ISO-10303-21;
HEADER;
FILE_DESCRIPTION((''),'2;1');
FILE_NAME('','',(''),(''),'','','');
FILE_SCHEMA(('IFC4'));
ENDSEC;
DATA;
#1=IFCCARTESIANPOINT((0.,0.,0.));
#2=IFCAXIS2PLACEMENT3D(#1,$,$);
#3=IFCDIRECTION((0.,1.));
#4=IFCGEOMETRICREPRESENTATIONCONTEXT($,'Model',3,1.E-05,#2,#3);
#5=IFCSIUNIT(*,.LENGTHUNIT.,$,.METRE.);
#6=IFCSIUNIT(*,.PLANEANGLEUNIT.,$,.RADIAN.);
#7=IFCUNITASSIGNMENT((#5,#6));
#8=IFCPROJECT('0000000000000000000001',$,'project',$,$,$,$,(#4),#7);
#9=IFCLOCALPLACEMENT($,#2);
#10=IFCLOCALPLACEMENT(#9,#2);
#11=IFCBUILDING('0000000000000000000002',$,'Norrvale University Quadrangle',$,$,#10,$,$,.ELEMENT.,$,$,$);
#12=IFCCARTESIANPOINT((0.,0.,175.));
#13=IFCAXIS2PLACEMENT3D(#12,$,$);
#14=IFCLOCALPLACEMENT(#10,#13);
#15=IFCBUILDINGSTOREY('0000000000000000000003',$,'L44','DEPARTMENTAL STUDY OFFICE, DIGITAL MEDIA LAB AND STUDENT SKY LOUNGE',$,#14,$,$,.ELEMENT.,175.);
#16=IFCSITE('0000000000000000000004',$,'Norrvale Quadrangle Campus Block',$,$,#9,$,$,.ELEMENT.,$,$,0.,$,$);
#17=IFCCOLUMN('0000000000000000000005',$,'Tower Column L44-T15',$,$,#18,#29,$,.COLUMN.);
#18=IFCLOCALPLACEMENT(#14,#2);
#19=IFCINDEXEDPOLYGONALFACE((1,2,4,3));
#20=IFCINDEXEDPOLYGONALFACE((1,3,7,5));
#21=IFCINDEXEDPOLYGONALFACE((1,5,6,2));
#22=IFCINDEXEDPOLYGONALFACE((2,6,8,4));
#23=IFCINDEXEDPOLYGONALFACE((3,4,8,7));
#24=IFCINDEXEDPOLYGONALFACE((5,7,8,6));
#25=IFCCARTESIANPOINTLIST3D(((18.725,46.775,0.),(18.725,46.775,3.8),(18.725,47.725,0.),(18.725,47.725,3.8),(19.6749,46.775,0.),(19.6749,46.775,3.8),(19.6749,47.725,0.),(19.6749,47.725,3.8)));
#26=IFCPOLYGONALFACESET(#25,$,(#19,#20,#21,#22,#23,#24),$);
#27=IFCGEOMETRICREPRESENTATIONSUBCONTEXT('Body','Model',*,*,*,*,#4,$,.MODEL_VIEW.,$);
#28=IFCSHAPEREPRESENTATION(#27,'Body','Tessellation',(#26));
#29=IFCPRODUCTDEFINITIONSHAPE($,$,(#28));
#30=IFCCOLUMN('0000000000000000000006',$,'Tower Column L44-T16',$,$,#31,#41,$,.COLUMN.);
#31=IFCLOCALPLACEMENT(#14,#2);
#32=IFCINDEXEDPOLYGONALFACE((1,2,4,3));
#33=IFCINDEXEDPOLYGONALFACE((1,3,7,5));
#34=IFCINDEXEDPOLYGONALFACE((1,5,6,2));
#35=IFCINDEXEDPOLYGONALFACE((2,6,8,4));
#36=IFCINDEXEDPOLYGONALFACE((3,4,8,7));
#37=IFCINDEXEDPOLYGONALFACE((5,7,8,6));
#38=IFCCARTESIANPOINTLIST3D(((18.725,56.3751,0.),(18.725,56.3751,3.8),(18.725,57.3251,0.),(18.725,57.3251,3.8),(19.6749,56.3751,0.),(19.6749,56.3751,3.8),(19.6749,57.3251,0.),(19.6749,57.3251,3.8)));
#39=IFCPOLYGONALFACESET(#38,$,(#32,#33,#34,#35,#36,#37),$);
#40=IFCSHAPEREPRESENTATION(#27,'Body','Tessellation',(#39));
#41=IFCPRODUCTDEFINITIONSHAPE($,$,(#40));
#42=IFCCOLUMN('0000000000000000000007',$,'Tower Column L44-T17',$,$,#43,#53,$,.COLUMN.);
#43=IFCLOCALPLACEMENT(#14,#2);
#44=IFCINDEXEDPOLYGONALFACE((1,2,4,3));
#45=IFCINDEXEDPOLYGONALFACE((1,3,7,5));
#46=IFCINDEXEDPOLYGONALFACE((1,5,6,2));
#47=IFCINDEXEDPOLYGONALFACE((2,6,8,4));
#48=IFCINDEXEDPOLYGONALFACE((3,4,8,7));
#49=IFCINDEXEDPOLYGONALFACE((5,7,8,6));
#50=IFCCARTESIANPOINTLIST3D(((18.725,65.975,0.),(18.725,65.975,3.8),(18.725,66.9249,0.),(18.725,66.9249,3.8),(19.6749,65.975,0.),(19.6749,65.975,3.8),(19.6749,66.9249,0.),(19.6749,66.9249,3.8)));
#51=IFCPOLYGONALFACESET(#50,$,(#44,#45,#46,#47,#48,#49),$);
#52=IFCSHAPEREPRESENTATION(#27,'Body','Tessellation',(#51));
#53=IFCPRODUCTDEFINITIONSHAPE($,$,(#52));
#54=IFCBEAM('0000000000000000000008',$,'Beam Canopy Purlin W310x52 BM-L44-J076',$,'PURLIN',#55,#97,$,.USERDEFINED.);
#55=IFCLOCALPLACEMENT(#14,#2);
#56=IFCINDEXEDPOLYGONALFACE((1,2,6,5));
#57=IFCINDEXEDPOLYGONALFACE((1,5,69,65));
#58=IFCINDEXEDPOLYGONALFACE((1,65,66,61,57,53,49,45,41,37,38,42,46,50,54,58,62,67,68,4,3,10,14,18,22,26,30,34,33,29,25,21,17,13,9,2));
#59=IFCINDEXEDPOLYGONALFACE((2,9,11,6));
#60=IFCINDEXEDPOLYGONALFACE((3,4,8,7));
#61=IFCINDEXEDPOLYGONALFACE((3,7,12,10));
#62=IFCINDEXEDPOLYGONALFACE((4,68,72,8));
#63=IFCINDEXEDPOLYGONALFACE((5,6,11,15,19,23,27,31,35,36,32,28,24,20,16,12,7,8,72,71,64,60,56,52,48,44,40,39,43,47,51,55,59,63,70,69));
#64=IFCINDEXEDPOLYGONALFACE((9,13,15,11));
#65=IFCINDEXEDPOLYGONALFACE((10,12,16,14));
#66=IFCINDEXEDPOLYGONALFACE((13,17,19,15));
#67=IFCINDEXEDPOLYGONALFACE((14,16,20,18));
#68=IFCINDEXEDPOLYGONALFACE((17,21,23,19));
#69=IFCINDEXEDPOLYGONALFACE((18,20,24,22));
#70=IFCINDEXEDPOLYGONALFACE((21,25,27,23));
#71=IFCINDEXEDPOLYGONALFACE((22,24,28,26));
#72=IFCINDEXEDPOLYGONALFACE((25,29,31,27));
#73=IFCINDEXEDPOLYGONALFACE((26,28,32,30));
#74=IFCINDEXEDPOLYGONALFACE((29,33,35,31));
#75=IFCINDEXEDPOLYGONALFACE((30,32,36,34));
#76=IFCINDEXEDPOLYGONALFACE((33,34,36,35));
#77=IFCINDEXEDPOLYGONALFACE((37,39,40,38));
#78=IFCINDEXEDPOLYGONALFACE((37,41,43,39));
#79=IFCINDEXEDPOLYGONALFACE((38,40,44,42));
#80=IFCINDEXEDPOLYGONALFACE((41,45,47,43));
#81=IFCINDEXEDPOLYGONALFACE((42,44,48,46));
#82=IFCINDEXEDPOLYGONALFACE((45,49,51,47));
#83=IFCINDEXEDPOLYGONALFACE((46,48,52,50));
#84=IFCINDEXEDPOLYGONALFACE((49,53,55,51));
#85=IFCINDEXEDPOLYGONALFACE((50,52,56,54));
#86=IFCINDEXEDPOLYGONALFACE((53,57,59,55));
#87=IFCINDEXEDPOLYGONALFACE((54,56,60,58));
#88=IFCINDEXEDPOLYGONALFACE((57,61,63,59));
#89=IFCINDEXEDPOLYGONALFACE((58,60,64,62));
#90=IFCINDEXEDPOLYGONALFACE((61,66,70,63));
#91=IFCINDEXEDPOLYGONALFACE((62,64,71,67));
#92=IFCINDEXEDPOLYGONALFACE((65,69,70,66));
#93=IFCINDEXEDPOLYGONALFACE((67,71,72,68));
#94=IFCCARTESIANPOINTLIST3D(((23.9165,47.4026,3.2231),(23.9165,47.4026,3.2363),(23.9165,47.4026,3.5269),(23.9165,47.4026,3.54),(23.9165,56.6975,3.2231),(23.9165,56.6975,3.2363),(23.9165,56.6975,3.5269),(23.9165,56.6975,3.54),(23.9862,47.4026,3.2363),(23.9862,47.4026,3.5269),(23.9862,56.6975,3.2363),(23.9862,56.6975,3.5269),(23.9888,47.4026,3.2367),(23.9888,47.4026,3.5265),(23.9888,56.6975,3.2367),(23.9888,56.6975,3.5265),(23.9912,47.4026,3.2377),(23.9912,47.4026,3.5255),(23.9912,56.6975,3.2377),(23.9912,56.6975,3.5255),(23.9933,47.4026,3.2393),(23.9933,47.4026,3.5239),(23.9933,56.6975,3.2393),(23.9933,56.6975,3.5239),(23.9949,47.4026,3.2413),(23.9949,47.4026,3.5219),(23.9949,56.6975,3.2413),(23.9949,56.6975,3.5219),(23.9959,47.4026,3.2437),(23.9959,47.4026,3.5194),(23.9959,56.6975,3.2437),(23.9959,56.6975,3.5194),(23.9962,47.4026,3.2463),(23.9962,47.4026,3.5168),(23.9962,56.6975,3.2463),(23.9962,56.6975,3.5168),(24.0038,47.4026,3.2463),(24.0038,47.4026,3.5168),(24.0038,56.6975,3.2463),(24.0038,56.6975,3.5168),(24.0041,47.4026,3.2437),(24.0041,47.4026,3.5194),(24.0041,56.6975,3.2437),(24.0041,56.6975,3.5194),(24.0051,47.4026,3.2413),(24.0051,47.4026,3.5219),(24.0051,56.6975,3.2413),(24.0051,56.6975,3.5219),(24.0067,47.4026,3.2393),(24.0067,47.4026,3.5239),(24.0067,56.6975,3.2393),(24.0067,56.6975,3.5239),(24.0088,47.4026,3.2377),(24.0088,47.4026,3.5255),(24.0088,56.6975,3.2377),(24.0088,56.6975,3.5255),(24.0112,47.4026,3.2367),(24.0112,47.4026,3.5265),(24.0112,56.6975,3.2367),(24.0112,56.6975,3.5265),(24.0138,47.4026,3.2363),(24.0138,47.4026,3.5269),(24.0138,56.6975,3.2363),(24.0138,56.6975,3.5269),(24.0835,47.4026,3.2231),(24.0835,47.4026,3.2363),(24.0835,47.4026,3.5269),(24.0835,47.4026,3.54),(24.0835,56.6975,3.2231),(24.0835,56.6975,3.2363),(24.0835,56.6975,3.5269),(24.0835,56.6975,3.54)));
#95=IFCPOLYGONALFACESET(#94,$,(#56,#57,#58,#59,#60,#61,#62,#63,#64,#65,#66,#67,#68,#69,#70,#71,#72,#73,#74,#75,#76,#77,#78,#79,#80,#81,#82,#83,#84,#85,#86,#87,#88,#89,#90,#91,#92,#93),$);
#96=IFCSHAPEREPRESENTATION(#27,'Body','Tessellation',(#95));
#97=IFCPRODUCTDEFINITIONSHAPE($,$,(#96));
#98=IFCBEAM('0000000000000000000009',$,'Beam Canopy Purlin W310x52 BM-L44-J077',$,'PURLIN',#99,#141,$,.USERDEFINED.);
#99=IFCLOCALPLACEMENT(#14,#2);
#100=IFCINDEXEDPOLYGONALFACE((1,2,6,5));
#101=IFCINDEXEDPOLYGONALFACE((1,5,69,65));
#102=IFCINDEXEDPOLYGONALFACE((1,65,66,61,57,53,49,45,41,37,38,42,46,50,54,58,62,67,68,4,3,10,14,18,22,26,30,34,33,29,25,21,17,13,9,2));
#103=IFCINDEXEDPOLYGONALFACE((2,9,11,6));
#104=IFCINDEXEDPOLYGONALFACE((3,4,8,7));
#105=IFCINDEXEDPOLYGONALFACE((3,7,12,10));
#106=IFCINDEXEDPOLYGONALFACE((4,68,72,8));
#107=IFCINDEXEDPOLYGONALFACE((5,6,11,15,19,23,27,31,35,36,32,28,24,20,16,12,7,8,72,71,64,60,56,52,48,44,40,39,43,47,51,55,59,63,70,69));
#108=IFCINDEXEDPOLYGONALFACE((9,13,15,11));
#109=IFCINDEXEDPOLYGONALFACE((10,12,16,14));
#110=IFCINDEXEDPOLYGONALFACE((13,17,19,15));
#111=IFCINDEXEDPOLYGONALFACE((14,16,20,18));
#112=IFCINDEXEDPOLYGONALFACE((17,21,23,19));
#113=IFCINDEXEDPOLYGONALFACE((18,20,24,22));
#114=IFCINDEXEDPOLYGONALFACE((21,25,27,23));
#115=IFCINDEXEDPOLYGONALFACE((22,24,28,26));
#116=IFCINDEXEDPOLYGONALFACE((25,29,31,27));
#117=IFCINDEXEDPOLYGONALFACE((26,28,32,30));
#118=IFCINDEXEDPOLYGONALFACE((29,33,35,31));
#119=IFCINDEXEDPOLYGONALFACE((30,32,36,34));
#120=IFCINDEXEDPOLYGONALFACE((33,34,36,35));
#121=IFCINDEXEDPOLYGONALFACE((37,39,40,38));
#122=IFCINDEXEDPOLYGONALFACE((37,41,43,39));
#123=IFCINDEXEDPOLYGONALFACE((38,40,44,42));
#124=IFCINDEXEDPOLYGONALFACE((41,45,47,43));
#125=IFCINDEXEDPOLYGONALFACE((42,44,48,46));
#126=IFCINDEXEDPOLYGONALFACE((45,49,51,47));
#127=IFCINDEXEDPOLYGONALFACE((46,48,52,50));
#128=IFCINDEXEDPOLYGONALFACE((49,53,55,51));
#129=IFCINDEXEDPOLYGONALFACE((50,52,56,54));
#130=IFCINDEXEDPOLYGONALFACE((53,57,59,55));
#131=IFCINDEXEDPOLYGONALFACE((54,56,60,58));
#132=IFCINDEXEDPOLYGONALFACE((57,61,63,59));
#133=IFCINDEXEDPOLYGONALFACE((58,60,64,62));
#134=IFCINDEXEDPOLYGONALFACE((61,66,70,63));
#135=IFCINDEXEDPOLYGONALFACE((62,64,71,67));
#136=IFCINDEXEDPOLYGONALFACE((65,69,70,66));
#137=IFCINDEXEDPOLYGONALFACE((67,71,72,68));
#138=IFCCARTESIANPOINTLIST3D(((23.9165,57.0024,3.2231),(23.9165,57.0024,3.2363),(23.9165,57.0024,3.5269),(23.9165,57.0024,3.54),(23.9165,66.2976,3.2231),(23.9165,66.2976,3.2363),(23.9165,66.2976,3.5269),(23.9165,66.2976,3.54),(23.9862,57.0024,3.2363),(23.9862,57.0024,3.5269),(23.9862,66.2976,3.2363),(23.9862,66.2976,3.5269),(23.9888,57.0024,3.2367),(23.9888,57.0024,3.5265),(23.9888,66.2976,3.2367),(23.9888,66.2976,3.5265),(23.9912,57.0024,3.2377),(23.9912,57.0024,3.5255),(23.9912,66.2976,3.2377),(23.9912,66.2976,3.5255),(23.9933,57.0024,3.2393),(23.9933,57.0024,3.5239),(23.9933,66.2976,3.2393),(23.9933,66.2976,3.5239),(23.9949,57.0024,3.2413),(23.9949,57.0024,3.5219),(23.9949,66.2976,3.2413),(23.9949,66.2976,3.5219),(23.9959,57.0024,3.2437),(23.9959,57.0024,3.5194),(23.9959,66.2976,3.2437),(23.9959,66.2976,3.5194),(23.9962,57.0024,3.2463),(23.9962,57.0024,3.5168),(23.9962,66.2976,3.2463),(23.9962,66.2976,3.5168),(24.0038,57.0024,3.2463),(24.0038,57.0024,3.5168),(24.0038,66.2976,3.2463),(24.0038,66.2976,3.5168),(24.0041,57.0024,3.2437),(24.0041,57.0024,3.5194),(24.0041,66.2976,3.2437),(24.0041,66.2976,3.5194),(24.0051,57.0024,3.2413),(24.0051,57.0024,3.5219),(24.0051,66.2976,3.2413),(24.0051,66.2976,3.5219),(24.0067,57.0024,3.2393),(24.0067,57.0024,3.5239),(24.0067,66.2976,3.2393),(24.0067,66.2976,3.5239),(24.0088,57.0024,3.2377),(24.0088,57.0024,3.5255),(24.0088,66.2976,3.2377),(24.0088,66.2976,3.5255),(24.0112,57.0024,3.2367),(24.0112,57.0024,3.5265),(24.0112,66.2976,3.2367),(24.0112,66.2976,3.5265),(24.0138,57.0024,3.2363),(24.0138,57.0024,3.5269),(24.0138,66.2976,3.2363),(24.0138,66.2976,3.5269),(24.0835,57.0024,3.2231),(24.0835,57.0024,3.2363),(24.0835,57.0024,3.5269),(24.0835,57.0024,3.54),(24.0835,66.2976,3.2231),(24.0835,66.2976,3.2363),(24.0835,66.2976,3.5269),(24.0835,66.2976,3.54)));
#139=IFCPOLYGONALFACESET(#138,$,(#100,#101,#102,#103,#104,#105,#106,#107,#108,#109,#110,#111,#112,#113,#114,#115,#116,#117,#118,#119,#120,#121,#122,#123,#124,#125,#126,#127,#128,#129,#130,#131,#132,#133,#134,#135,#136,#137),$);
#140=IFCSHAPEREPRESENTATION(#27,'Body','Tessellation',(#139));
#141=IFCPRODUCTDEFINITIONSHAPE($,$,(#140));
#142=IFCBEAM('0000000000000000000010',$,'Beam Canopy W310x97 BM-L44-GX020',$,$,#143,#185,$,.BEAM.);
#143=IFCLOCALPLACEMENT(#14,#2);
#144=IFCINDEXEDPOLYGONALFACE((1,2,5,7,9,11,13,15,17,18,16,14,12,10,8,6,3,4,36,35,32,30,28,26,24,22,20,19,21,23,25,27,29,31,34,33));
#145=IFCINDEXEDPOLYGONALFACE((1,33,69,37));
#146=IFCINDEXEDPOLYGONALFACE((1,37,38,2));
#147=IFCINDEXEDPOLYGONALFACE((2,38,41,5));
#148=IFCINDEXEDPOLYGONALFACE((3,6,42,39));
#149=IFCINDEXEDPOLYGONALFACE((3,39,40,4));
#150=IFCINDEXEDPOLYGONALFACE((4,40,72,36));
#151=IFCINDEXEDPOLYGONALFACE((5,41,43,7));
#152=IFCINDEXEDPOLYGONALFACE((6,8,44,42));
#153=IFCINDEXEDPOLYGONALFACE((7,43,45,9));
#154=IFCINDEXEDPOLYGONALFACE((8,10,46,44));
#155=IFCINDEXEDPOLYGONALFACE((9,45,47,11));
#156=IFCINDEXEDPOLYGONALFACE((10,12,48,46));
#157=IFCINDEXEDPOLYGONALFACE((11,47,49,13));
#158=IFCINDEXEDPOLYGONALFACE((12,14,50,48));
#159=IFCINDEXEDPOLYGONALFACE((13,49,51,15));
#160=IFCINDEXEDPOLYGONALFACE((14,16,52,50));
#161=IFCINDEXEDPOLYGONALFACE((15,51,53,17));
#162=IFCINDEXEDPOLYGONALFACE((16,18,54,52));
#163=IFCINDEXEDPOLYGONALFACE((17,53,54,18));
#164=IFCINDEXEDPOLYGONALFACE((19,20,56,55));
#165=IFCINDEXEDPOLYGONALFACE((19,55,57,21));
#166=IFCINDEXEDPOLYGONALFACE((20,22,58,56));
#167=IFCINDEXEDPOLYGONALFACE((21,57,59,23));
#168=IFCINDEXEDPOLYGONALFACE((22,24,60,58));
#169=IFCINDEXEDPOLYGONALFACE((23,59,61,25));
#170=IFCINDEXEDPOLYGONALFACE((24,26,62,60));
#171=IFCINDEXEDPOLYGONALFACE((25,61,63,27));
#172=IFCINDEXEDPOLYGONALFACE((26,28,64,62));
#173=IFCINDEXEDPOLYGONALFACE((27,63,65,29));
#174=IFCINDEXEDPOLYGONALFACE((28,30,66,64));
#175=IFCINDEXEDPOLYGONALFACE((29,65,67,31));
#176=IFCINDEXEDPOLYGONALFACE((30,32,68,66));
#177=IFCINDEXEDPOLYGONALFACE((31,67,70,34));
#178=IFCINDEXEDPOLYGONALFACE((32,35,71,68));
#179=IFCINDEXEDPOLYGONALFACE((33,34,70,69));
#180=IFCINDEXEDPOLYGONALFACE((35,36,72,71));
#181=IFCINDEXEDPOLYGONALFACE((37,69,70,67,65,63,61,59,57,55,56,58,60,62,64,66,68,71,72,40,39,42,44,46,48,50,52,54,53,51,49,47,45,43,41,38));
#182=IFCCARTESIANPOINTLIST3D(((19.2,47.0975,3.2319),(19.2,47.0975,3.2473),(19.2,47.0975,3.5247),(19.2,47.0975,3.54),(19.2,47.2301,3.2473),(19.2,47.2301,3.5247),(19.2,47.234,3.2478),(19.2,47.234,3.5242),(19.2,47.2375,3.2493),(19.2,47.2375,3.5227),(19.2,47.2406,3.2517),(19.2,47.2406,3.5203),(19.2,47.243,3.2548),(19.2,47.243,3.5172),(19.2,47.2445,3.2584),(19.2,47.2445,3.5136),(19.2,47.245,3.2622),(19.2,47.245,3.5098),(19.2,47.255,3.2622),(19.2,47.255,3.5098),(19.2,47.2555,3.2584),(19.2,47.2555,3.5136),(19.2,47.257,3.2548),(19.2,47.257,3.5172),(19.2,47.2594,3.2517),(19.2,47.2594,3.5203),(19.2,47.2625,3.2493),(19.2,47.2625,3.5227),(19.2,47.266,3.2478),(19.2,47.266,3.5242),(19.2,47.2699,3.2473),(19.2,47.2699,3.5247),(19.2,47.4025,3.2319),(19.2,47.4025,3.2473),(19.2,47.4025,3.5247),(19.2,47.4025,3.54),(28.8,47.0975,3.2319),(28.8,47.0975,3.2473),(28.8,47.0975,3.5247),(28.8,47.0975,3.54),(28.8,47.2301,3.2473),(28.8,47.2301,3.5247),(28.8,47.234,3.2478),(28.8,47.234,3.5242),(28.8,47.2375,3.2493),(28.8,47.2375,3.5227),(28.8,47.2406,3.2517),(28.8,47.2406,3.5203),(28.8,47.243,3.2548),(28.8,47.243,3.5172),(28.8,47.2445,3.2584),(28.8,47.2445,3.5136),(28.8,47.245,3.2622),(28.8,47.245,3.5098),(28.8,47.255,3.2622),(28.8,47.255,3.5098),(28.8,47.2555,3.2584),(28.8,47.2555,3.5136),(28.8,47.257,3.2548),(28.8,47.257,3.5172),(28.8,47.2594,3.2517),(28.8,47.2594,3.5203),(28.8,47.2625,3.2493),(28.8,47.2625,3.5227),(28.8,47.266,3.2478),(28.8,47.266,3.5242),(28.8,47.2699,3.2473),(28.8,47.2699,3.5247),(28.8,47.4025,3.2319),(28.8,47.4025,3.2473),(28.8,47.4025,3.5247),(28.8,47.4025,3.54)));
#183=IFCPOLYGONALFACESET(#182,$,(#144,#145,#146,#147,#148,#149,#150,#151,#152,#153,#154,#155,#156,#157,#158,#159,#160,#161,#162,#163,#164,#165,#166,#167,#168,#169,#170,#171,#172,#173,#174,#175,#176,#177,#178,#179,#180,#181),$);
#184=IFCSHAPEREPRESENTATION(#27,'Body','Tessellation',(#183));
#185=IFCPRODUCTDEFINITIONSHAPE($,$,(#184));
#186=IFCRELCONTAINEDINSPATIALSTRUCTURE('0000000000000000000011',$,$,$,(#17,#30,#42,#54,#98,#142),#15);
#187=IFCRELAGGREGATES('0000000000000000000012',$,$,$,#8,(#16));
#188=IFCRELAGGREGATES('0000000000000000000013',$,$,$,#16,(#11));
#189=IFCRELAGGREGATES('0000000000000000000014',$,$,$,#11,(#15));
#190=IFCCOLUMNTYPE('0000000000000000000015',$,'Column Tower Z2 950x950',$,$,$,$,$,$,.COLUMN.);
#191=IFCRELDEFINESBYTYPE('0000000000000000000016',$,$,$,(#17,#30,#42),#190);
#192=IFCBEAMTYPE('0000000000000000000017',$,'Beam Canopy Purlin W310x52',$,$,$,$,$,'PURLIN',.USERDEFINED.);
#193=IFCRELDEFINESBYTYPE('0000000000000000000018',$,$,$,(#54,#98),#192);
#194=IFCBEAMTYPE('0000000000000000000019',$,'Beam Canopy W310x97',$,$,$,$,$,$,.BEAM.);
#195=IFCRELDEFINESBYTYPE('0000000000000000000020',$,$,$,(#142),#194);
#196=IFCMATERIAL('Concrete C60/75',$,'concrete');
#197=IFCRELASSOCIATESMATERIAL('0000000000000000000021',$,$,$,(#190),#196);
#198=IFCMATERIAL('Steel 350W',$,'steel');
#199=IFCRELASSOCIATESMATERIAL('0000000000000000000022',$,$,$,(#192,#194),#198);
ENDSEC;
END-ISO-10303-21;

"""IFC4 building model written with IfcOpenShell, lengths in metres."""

from ifc_helpers import new_model, si_unit, direction, frame, origin, origin_2d, place, context, subcontext, project, spatial, rectangle, i_section, extrude, material, material_profile, profile_set, type_object, element, save


model = new_model("IFC4")

# Units and contexts
model_context = context("Model", 3, precision=1e-05, world=origin(), true_north=direction((0.0, 1.0)))
body_context = subcontext(model_context, "Body", "Model", "MODEL_VIEW")
ifc_project = project(units=[si_unit("LENGTHUNIT", "METRE"), si_unit("PLANEANGLEUNIT", "RADIAN")], contexts=[model_context])

# Site, building, storey
site_placement = place(None, origin())
site = spatial("IfcSite", under=ifc_project, at=site_placement, Name="Norrvale Quadrangle Campus Block", CompositionType="ELEMENT", RefElevation=0.0)
building_placement = place(site_placement, origin())
building = spatial("IfcBuilding", under=site, at=building_placement, Name="Norrvale University Quadrangle", CompositionType="ELEMENT")
storey_placement = place(building_placement, frame((0.0, 0.0, 175.0)))
storey = spatial("IfcBuildingStorey", under=building, at=storey_placement, Name="L44", Description="DEPARTMENTAL STUDY OFFICE, DIGITAL MEDIA LAB AND STUDENT SKY LOUNGE", CompositionType="ELEMENT", Elevation=175.0)

# Columns
ifc_material_1 = material(Name="Concrete C60/75", Category="concrete")
ifc_material_profile_1 = material_profile(ifc_material_1, rectangle(XDim=0.95, YDim=0.95, at=origin_2d()), Name="Concrete C60/75")
ifc_profile_set_1 = profile_set([ifc_material_profile_1], Name="Concrete C60/75")
column_type = type_object("IfcColumnType", Name="Column Tower Z2 950x950", PredefinedType="COLUMN", material=ifc_profile_set_1)
for number, where, z_axis, x_axis, name in (
    (1, (19.2, 47.25, 0.0), (0.0, 0.0, 1.0), (1.0, 0.0, 0.0), "Tower Column L44-T15"),
    (2, (19.2, 56.8501, 0.0), (0.0, 0.0, 1.0), (1.0, 0.0, 0.0), "Tower Column L44-T16"),
    (3, (19.2, 66.45, 0.0), (0.0, 0.0, 1.0), (1.0, 0.0, 0.0), "Tower Column L44-T17"),
):
    element("IfcColumn", number, at=place(storey_placement, frame(where, z_axis=z_axis, x_axis=x_axis)), inside=storey, type_object=column_type, Name=name, PredefinedType="COLUMN", context=body_context, shape_type="SweptSolid", body=[
        extrude(rectangle(XDim=0.95, YDim=0.95, at=origin_2d()), origin(), (0.0, 0.0, 1.0), 3.8),
    ])

# Beams
ifc_material_2 = material(Name="Steel 350W", Category="steel")
ifc_material_profile_2 = material_profile(ifc_material_2, i_section(OverallWidth=0.167, OverallDepth=0.3169, WebThickness=0.0076, FlangeThickness=0.0132, FilletRadius=0.01, at=origin_2d()), Name="Steel 350W")
ifc_profile_set_2 = profile_set([ifc_material_profile_2], Name="Steel 350W")
beam_type_1 = type_object("IfcBeamType", Name="Beam Canopy Purlin W310x52", ElementType="PURLIN", PredefinedType="USERDEFINED", material=ifc_profile_set_2)
beam_1_placement = place(storey_placement, frame((24.0, 47.4026, 3.3816), z_axis=(0.0, 1.0, 0.0), x_axis=(-1.0, 0.0, 0.0)))
element("IfcBeam", 4, at=beam_1_placement, inside=storey, type_object=beam_type_1, Name="Beam Canopy Purlin W310x52 BM-L44-J076", ObjectType="PURLIN", PredefinedType="USERDEFINED", context=body_context, shape_type="SweptSolid", body=[
    extrude(i_section(OverallWidth=0.167, OverallDepth=0.3169, WebThickness=0.0076, FlangeThickness=0.0132, FilletRadius=0.01, at=origin_2d()), origin(), (0.0, 0.0, 1.0), 9.2949),
])
beam_2_placement = place(storey_placement, frame((24.0, 57.0024, 3.3816), z_axis=(0.0, 1.0, 0.0), x_axis=(-1.0, 0.0, 0.0)))
element("IfcBeam", 5, at=beam_2_placement, inside=storey, type_object=beam_type_1, Name="Beam Canopy Purlin W310x52 BM-L44-J077", ObjectType="PURLIN", PredefinedType="USERDEFINED", context=body_context, shape_type="SweptSolid", body=[
    extrude(i_section(OverallWidth=0.167, OverallDepth=0.3169, WebThickness=0.0076, FlangeThickness=0.0132, FilletRadius=0.01, at=origin_2d()), origin(), (0.0, 0.0, 1.0), 9.2952),
])
ifc_material_profile_3 = material_profile(ifc_material_2, i_section(OverallWidth=0.3049, OverallDepth=0.3081, WebThickness=0.01, FlangeThickness=0.0154, FilletRadius=0.0149, at=origin_2d()), Name="Steel 350W")
ifc_profile_set_3 = profile_set([ifc_material_profile_3], Name="Steel 350W")
beam_type_2 = type_object("IfcBeamType", Name="Beam Canopy W310x97", PredefinedType="BEAM", material=ifc_profile_set_3)
for number, where, z_axis, x_axis, name in (
    (6, (19.2, 47.25, 3.386), (1.0, 0.0, 0.0), (0.0, 1.0, 0.0), "Beam Canopy W310x97 BM-L44-GX020"),
):
    element("IfcBeam", number, at=place(storey_placement, frame(where, z_axis=z_axis, x_axis=x_axis)), inside=storey, type_object=beam_type_2, Name=name, PredefinedType="BEAM", context=body_context, shape_type="SweptSolid", body=[
        extrude(i_section(OverallWidth=0.3049, OverallDepth=0.3081, WebThickness=0.01, FlangeThickness=0.0154, FilletRadius=0.0149, at=origin_2d()), origin(), (0.0, 0.0, 1.0), 9.6001),
    ])

save(model, "model.ifc")
